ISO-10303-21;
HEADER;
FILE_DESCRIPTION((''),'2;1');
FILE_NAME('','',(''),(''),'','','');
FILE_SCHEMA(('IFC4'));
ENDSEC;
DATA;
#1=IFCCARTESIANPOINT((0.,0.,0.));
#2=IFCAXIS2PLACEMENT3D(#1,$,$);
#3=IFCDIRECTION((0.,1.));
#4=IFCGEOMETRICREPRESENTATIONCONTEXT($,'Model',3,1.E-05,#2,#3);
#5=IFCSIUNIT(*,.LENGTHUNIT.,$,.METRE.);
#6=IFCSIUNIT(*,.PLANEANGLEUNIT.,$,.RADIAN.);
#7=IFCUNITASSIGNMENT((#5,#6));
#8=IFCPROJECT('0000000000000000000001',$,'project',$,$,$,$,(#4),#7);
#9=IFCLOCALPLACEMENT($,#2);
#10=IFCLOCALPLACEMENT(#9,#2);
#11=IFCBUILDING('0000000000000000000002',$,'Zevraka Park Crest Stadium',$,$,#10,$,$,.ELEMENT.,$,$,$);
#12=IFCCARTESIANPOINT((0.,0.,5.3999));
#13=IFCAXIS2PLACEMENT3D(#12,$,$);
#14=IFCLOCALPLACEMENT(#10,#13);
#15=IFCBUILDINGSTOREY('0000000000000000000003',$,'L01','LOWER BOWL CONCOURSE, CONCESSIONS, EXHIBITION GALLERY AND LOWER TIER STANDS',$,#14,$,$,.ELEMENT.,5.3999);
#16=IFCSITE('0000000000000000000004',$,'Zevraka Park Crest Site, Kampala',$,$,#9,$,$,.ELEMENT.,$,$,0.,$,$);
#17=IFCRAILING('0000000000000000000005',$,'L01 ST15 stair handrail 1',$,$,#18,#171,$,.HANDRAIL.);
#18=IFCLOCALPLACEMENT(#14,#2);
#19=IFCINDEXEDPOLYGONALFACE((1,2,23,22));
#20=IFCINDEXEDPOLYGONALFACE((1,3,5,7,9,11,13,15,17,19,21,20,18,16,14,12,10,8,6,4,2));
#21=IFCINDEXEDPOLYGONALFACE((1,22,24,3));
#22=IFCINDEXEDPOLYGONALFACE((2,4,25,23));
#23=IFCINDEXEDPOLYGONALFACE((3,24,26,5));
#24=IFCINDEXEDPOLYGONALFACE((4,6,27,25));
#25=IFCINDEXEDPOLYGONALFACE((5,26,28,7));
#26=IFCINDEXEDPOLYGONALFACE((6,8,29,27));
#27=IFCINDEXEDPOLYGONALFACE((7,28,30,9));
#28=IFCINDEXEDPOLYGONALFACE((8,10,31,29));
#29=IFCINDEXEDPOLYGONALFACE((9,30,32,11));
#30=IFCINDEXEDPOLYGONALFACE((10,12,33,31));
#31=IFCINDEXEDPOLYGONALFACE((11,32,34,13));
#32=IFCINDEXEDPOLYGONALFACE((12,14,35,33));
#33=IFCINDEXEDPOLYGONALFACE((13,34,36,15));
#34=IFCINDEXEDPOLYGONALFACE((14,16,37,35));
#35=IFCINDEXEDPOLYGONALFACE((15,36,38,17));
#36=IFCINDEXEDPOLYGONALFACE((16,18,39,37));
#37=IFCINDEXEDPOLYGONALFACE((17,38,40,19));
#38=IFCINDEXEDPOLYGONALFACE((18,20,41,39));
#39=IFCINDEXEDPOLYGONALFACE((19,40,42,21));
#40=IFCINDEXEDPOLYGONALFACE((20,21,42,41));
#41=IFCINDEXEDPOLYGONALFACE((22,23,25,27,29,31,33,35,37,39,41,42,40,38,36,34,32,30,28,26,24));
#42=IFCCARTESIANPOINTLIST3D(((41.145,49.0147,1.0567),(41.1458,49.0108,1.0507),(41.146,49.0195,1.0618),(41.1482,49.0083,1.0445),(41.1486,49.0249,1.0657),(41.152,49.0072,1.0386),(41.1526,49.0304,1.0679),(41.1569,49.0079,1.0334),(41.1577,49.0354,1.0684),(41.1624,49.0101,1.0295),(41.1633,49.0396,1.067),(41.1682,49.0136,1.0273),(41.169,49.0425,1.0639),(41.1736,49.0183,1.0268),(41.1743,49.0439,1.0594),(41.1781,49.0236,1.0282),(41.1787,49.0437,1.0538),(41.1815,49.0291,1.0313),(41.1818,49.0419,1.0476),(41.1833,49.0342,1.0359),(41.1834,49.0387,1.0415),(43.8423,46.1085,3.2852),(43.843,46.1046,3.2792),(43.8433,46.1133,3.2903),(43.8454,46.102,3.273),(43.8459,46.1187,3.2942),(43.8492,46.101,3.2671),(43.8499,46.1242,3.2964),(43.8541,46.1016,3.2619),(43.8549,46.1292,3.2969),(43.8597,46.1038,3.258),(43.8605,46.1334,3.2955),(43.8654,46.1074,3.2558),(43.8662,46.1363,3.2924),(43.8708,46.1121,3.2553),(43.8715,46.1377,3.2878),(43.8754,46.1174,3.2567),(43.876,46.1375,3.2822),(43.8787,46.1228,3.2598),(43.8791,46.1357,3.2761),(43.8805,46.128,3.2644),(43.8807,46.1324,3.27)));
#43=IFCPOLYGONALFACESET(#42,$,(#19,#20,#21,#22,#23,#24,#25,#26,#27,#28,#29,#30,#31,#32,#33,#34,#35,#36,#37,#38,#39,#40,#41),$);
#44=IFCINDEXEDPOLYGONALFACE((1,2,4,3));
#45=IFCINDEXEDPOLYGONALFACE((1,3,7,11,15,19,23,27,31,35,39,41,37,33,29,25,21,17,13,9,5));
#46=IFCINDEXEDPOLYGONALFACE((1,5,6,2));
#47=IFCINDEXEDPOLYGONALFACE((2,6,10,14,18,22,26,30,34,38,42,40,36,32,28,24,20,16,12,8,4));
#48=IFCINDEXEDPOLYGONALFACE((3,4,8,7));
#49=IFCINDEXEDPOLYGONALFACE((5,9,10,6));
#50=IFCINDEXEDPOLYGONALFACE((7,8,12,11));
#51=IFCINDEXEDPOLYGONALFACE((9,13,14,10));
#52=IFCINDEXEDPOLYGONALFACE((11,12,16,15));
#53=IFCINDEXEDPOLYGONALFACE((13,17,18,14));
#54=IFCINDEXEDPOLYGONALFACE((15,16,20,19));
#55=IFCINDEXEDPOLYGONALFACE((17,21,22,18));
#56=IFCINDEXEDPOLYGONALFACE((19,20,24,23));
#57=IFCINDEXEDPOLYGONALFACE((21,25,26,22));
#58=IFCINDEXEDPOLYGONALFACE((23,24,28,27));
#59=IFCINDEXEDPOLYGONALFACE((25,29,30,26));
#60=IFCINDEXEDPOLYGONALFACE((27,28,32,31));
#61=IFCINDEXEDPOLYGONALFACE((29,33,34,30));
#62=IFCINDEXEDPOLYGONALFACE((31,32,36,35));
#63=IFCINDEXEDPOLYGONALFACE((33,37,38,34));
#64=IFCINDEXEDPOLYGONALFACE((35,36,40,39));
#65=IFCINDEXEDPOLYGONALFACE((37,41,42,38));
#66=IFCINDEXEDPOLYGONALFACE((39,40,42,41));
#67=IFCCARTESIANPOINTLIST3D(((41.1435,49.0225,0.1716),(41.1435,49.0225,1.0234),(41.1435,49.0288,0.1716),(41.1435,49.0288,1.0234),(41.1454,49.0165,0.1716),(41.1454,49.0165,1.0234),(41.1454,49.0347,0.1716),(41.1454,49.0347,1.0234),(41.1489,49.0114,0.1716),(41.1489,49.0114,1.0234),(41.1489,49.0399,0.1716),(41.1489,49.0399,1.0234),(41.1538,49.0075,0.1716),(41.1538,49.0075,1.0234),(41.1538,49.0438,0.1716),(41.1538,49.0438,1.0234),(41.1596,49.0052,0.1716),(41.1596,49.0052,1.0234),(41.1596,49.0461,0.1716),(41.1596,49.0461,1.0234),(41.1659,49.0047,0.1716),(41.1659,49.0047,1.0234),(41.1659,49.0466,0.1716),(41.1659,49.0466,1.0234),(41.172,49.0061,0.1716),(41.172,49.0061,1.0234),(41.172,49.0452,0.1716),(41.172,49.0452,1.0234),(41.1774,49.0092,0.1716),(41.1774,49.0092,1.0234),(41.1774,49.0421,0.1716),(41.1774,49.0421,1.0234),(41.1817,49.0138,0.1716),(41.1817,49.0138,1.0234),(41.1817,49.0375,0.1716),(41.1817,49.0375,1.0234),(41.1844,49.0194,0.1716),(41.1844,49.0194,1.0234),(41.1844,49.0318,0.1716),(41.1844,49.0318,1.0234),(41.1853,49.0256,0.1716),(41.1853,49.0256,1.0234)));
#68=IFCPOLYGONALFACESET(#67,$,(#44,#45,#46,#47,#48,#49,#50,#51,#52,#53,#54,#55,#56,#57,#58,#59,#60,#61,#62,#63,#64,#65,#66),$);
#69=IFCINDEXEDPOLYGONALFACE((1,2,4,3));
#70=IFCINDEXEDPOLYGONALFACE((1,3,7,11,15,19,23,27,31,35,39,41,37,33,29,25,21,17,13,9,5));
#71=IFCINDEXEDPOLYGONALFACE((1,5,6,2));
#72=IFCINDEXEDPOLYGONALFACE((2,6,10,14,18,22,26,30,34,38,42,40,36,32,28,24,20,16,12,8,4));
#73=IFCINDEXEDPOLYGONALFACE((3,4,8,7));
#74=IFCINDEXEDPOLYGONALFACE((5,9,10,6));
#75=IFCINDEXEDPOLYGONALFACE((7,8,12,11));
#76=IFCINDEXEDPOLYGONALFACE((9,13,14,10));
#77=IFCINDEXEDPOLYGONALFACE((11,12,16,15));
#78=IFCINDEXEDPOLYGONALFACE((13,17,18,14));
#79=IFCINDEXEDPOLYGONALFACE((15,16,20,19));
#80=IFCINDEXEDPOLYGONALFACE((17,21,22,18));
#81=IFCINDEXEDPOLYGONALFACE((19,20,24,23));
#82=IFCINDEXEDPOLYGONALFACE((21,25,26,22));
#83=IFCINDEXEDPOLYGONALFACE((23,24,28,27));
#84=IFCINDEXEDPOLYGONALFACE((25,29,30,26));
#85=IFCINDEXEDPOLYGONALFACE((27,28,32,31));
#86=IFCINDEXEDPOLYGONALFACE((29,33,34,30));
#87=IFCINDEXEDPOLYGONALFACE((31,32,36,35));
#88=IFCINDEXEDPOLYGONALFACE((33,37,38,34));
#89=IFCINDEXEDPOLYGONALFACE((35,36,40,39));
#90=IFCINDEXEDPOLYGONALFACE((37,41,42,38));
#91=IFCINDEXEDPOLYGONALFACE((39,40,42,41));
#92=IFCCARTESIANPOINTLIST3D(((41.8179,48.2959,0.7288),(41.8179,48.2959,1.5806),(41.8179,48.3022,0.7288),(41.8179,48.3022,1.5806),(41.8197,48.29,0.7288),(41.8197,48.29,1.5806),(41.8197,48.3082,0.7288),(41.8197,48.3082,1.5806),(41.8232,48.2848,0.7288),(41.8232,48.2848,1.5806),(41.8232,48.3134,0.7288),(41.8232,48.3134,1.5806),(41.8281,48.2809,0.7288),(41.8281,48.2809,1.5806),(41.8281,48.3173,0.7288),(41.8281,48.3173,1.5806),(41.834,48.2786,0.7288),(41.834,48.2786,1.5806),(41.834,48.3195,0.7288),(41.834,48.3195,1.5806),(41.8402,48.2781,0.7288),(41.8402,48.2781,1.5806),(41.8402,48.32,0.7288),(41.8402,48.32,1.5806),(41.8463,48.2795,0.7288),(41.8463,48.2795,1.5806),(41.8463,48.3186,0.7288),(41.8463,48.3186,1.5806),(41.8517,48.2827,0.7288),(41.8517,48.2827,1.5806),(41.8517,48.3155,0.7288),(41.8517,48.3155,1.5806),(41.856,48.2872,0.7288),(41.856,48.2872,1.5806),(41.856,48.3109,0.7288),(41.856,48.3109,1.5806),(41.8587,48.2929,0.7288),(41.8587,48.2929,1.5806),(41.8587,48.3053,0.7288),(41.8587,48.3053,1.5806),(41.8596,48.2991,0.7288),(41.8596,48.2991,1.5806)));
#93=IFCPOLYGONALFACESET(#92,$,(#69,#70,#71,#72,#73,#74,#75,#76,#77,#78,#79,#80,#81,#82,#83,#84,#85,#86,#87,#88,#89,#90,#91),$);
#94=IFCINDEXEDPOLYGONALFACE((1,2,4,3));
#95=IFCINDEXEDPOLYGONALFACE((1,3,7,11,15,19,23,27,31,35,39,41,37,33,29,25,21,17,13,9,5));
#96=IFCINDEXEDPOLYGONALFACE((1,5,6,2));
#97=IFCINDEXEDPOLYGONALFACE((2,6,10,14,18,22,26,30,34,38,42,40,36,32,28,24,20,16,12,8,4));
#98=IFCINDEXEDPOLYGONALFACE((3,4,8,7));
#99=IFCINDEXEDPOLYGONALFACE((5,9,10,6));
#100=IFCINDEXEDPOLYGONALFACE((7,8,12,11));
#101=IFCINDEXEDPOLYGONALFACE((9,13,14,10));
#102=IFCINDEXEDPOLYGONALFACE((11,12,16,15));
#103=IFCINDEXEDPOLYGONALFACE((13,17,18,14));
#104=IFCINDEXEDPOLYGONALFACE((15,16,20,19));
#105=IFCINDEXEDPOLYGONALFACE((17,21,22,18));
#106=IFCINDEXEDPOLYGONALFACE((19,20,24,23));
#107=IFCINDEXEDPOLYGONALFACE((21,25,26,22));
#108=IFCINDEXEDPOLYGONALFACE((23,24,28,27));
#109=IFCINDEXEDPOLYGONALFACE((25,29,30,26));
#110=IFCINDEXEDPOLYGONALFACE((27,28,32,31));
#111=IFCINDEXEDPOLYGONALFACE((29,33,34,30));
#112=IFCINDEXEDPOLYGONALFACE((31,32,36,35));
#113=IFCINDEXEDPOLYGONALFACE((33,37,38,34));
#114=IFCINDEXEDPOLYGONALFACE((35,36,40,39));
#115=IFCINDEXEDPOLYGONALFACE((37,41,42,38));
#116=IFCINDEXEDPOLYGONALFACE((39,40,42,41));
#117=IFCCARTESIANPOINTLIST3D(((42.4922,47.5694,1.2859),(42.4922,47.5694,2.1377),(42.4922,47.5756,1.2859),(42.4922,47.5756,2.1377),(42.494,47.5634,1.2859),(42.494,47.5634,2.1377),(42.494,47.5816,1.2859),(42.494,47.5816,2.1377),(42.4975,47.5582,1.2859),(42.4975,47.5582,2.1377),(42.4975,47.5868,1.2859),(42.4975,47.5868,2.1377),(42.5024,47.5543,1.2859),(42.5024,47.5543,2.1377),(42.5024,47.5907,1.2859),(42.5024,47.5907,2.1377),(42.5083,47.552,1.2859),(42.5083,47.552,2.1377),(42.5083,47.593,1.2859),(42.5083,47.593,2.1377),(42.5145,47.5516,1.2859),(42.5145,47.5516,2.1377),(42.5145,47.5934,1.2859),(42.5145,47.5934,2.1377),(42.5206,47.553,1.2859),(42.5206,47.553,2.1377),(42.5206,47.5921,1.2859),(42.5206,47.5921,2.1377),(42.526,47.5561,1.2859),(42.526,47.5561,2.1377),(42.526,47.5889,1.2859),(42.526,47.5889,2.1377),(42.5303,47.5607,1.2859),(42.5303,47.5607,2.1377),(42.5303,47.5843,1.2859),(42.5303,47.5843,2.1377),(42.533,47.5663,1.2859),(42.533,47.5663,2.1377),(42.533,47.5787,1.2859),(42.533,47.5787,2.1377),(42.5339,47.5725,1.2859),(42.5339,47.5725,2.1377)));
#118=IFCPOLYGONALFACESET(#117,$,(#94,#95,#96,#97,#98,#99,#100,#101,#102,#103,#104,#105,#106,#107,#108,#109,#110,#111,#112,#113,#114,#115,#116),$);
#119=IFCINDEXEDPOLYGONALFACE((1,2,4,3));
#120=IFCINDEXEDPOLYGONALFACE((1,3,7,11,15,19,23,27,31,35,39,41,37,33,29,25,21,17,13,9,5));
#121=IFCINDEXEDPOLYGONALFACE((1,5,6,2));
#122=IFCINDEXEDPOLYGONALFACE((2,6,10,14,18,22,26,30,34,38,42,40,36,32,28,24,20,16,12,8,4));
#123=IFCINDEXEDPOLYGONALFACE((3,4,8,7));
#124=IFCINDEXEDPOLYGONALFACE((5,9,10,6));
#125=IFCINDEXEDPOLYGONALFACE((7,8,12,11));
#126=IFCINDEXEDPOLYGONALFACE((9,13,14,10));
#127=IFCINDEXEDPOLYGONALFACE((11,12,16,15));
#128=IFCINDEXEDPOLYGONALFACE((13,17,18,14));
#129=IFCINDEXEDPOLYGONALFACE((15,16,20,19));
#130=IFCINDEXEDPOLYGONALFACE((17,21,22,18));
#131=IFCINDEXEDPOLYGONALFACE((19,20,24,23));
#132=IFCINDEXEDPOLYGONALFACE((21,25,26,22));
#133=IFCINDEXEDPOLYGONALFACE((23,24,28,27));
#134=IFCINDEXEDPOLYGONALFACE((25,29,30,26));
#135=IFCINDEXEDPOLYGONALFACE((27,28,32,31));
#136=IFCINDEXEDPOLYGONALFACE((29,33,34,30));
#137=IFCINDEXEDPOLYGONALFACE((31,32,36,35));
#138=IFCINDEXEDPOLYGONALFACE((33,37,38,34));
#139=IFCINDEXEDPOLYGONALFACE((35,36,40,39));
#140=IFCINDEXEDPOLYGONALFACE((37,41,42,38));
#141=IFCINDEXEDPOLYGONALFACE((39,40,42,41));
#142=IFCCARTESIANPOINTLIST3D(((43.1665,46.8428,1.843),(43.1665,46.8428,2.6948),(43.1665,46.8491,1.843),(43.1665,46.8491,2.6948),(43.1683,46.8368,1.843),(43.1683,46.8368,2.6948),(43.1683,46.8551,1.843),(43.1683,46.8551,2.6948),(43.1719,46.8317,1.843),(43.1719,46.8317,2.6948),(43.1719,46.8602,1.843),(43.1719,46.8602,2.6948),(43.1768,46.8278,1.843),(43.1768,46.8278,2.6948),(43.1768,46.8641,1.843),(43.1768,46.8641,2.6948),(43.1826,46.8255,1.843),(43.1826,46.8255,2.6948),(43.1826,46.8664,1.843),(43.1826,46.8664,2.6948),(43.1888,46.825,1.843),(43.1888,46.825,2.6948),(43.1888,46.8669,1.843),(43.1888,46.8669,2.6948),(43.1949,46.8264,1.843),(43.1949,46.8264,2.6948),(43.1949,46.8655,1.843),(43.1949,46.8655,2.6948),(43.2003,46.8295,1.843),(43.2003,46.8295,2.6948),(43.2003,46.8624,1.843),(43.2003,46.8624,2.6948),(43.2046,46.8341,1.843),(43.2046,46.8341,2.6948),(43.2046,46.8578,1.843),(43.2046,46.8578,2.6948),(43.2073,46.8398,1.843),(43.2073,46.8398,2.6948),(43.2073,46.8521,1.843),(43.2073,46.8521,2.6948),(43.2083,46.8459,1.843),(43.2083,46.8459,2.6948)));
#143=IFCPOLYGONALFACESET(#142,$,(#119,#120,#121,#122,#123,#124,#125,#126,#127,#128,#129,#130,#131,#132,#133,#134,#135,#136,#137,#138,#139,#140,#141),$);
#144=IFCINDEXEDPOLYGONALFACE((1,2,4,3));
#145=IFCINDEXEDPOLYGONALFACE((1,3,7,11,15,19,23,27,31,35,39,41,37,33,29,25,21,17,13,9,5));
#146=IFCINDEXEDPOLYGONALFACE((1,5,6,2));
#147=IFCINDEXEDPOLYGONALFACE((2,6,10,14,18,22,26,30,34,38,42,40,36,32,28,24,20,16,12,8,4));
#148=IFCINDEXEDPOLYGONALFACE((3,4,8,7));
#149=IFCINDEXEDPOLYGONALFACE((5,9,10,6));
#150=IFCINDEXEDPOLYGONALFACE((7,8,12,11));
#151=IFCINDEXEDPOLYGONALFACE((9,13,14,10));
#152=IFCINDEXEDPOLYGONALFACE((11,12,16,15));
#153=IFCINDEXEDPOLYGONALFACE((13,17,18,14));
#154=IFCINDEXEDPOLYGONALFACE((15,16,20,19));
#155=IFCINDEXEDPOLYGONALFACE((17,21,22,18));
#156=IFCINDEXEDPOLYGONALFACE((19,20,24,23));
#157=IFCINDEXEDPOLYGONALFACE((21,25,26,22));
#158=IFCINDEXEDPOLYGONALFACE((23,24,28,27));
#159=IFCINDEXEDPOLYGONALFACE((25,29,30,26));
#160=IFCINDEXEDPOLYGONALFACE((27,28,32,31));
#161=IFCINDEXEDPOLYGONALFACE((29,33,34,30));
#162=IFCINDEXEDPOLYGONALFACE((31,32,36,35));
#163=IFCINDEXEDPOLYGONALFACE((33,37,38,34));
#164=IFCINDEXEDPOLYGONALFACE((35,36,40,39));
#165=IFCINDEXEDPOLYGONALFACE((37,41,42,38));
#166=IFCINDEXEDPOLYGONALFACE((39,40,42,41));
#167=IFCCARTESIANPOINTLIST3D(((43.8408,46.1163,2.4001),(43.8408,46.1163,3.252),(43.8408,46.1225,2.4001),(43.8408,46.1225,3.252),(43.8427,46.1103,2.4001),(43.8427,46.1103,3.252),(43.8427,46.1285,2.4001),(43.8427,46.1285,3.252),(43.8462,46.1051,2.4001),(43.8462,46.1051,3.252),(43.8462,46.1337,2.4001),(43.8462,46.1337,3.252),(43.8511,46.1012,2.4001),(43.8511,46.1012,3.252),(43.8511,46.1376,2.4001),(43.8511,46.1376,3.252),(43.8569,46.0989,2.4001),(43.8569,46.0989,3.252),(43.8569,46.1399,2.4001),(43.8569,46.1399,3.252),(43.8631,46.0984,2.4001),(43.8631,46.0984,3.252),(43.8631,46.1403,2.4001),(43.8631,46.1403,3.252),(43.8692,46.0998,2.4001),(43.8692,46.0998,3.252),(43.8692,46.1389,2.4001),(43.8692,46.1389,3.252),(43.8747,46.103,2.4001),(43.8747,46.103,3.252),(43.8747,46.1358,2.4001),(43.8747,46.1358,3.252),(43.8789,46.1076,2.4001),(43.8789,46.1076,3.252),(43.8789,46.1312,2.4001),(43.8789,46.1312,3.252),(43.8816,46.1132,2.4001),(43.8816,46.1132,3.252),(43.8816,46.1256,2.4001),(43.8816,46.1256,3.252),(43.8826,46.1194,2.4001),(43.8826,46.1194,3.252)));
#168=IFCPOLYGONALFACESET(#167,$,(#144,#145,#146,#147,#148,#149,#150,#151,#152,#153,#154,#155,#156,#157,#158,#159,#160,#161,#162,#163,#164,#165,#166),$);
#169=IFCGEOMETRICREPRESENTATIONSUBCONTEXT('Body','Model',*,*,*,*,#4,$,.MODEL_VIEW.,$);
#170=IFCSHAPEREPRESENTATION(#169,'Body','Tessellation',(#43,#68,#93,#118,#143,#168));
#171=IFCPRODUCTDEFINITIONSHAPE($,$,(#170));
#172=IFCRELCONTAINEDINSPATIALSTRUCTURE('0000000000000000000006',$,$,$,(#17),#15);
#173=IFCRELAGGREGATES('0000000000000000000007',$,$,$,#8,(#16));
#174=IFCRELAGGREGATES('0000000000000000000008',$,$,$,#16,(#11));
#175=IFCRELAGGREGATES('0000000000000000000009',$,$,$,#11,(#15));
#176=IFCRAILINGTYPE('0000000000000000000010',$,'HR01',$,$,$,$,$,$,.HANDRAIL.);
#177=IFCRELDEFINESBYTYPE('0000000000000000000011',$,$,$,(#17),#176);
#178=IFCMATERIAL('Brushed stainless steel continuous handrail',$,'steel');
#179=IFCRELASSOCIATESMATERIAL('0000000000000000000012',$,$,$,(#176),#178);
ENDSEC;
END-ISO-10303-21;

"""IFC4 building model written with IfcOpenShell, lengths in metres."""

from ifc_helpers import new_model, si_unit, direction, frame, origin, origin_2d, place, context, subcontext, project, spatial, circle, extrude, material, type_object, element, save


model = new_model("IFC4")

# Units and contexts
model_context = context("Model", 3, precision=1e-05, world=origin(), true_north=direction((0.0, 1.0)))
body_context = subcontext(model_context, "Body", "Model", "MODEL_VIEW")
ifc_project = project(units=[si_unit("LENGTHUNIT", "METRE"), si_unit("PLANEANGLEUNIT", "RADIAN")], contexts=[model_context])

# Site, building, storey
site_placement = place(None, origin())
site = spatial("IfcSite", under=ifc_project, at=site_placement, Name="Zevraka Park Crest Site, Kampala", CompositionType="ELEMENT", RefElevation=0.0)
building_placement = place(site_placement, origin())
building = spatial("IfcBuilding", under=site, at=building_placement, Name="Zevraka Park Crest Stadium", CompositionType="ELEMENT")
storey_placement = place(building_placement, frame((0.0, 0.0, 5.3999)))
storey = spatial("IfcBuildingStorey", under=building, at=storey_placement, Name="L01", Description="LOWER BOWL CONCOURSE, CONCESSIONS, EXHIBITION GALLERY AND LOWER TIER STANDS", CompositionType="ELEMENT", Elevation=5.3999)

# Railing
ifc_material_1 = material(Name="Brushed stainless steel continuous handrail", Category="steel")
railing_type_1 = type_object("IfcRailingType", Name="HR01", PredefinedType="HANDRAIL", material=ifc_material_1)
railing_1_placement = place(storey_placement, frame((41.1643, 49.0256, 0.1716)))
element("IfcRailing", 1, at=railing_1_placement, inside=storey, type_object=railing_type_1, Name="L01 ST15 stair handrail 1", PredefinedType="HANDRAIL", context=body_context, shape_type="SweptSolid", body=[
    extrude(circle(Radius=0.0239, at=origin_2d()), frame((0.0, 0.0, 0.876), z_axis=(0.593016, -0.638963, 0.489957), x_axis=(0.732969, 0.680262, 0.0)), (0.0, 0.0, 1.0), 4.5483),
    extrude(circle(Radius=0.021, at=origin_2d()), origin(), (0.0, 0.0, 1.0), 0.8518),
    extrude(circle(Radius=0.021, at=origin_2d()), frame((0.6743, -0.7266, 0.5571)), (0.0, 0.0, 1.0), 0.8518),
    extrude(circle(Radius=0.021, at=origin_2d()), frame((1.3486, -1.4531, 1.1143)), (0.0, 0.0, 1.0), 0.8518),
    extrude(circle(Radius=0.021, at=origin_2d()), frame((2.0229, -2.1797, 1.6714)), (0.0, 0.0, 1.0), 0.8518),
    extrude(circle(Radius=0.021, at=origin_2d()), frame((2.6973, -2.9062, 2.2285)), (0.0, 0.0, 1.0), 0.8518),
])

save(model, "model.ifc")
